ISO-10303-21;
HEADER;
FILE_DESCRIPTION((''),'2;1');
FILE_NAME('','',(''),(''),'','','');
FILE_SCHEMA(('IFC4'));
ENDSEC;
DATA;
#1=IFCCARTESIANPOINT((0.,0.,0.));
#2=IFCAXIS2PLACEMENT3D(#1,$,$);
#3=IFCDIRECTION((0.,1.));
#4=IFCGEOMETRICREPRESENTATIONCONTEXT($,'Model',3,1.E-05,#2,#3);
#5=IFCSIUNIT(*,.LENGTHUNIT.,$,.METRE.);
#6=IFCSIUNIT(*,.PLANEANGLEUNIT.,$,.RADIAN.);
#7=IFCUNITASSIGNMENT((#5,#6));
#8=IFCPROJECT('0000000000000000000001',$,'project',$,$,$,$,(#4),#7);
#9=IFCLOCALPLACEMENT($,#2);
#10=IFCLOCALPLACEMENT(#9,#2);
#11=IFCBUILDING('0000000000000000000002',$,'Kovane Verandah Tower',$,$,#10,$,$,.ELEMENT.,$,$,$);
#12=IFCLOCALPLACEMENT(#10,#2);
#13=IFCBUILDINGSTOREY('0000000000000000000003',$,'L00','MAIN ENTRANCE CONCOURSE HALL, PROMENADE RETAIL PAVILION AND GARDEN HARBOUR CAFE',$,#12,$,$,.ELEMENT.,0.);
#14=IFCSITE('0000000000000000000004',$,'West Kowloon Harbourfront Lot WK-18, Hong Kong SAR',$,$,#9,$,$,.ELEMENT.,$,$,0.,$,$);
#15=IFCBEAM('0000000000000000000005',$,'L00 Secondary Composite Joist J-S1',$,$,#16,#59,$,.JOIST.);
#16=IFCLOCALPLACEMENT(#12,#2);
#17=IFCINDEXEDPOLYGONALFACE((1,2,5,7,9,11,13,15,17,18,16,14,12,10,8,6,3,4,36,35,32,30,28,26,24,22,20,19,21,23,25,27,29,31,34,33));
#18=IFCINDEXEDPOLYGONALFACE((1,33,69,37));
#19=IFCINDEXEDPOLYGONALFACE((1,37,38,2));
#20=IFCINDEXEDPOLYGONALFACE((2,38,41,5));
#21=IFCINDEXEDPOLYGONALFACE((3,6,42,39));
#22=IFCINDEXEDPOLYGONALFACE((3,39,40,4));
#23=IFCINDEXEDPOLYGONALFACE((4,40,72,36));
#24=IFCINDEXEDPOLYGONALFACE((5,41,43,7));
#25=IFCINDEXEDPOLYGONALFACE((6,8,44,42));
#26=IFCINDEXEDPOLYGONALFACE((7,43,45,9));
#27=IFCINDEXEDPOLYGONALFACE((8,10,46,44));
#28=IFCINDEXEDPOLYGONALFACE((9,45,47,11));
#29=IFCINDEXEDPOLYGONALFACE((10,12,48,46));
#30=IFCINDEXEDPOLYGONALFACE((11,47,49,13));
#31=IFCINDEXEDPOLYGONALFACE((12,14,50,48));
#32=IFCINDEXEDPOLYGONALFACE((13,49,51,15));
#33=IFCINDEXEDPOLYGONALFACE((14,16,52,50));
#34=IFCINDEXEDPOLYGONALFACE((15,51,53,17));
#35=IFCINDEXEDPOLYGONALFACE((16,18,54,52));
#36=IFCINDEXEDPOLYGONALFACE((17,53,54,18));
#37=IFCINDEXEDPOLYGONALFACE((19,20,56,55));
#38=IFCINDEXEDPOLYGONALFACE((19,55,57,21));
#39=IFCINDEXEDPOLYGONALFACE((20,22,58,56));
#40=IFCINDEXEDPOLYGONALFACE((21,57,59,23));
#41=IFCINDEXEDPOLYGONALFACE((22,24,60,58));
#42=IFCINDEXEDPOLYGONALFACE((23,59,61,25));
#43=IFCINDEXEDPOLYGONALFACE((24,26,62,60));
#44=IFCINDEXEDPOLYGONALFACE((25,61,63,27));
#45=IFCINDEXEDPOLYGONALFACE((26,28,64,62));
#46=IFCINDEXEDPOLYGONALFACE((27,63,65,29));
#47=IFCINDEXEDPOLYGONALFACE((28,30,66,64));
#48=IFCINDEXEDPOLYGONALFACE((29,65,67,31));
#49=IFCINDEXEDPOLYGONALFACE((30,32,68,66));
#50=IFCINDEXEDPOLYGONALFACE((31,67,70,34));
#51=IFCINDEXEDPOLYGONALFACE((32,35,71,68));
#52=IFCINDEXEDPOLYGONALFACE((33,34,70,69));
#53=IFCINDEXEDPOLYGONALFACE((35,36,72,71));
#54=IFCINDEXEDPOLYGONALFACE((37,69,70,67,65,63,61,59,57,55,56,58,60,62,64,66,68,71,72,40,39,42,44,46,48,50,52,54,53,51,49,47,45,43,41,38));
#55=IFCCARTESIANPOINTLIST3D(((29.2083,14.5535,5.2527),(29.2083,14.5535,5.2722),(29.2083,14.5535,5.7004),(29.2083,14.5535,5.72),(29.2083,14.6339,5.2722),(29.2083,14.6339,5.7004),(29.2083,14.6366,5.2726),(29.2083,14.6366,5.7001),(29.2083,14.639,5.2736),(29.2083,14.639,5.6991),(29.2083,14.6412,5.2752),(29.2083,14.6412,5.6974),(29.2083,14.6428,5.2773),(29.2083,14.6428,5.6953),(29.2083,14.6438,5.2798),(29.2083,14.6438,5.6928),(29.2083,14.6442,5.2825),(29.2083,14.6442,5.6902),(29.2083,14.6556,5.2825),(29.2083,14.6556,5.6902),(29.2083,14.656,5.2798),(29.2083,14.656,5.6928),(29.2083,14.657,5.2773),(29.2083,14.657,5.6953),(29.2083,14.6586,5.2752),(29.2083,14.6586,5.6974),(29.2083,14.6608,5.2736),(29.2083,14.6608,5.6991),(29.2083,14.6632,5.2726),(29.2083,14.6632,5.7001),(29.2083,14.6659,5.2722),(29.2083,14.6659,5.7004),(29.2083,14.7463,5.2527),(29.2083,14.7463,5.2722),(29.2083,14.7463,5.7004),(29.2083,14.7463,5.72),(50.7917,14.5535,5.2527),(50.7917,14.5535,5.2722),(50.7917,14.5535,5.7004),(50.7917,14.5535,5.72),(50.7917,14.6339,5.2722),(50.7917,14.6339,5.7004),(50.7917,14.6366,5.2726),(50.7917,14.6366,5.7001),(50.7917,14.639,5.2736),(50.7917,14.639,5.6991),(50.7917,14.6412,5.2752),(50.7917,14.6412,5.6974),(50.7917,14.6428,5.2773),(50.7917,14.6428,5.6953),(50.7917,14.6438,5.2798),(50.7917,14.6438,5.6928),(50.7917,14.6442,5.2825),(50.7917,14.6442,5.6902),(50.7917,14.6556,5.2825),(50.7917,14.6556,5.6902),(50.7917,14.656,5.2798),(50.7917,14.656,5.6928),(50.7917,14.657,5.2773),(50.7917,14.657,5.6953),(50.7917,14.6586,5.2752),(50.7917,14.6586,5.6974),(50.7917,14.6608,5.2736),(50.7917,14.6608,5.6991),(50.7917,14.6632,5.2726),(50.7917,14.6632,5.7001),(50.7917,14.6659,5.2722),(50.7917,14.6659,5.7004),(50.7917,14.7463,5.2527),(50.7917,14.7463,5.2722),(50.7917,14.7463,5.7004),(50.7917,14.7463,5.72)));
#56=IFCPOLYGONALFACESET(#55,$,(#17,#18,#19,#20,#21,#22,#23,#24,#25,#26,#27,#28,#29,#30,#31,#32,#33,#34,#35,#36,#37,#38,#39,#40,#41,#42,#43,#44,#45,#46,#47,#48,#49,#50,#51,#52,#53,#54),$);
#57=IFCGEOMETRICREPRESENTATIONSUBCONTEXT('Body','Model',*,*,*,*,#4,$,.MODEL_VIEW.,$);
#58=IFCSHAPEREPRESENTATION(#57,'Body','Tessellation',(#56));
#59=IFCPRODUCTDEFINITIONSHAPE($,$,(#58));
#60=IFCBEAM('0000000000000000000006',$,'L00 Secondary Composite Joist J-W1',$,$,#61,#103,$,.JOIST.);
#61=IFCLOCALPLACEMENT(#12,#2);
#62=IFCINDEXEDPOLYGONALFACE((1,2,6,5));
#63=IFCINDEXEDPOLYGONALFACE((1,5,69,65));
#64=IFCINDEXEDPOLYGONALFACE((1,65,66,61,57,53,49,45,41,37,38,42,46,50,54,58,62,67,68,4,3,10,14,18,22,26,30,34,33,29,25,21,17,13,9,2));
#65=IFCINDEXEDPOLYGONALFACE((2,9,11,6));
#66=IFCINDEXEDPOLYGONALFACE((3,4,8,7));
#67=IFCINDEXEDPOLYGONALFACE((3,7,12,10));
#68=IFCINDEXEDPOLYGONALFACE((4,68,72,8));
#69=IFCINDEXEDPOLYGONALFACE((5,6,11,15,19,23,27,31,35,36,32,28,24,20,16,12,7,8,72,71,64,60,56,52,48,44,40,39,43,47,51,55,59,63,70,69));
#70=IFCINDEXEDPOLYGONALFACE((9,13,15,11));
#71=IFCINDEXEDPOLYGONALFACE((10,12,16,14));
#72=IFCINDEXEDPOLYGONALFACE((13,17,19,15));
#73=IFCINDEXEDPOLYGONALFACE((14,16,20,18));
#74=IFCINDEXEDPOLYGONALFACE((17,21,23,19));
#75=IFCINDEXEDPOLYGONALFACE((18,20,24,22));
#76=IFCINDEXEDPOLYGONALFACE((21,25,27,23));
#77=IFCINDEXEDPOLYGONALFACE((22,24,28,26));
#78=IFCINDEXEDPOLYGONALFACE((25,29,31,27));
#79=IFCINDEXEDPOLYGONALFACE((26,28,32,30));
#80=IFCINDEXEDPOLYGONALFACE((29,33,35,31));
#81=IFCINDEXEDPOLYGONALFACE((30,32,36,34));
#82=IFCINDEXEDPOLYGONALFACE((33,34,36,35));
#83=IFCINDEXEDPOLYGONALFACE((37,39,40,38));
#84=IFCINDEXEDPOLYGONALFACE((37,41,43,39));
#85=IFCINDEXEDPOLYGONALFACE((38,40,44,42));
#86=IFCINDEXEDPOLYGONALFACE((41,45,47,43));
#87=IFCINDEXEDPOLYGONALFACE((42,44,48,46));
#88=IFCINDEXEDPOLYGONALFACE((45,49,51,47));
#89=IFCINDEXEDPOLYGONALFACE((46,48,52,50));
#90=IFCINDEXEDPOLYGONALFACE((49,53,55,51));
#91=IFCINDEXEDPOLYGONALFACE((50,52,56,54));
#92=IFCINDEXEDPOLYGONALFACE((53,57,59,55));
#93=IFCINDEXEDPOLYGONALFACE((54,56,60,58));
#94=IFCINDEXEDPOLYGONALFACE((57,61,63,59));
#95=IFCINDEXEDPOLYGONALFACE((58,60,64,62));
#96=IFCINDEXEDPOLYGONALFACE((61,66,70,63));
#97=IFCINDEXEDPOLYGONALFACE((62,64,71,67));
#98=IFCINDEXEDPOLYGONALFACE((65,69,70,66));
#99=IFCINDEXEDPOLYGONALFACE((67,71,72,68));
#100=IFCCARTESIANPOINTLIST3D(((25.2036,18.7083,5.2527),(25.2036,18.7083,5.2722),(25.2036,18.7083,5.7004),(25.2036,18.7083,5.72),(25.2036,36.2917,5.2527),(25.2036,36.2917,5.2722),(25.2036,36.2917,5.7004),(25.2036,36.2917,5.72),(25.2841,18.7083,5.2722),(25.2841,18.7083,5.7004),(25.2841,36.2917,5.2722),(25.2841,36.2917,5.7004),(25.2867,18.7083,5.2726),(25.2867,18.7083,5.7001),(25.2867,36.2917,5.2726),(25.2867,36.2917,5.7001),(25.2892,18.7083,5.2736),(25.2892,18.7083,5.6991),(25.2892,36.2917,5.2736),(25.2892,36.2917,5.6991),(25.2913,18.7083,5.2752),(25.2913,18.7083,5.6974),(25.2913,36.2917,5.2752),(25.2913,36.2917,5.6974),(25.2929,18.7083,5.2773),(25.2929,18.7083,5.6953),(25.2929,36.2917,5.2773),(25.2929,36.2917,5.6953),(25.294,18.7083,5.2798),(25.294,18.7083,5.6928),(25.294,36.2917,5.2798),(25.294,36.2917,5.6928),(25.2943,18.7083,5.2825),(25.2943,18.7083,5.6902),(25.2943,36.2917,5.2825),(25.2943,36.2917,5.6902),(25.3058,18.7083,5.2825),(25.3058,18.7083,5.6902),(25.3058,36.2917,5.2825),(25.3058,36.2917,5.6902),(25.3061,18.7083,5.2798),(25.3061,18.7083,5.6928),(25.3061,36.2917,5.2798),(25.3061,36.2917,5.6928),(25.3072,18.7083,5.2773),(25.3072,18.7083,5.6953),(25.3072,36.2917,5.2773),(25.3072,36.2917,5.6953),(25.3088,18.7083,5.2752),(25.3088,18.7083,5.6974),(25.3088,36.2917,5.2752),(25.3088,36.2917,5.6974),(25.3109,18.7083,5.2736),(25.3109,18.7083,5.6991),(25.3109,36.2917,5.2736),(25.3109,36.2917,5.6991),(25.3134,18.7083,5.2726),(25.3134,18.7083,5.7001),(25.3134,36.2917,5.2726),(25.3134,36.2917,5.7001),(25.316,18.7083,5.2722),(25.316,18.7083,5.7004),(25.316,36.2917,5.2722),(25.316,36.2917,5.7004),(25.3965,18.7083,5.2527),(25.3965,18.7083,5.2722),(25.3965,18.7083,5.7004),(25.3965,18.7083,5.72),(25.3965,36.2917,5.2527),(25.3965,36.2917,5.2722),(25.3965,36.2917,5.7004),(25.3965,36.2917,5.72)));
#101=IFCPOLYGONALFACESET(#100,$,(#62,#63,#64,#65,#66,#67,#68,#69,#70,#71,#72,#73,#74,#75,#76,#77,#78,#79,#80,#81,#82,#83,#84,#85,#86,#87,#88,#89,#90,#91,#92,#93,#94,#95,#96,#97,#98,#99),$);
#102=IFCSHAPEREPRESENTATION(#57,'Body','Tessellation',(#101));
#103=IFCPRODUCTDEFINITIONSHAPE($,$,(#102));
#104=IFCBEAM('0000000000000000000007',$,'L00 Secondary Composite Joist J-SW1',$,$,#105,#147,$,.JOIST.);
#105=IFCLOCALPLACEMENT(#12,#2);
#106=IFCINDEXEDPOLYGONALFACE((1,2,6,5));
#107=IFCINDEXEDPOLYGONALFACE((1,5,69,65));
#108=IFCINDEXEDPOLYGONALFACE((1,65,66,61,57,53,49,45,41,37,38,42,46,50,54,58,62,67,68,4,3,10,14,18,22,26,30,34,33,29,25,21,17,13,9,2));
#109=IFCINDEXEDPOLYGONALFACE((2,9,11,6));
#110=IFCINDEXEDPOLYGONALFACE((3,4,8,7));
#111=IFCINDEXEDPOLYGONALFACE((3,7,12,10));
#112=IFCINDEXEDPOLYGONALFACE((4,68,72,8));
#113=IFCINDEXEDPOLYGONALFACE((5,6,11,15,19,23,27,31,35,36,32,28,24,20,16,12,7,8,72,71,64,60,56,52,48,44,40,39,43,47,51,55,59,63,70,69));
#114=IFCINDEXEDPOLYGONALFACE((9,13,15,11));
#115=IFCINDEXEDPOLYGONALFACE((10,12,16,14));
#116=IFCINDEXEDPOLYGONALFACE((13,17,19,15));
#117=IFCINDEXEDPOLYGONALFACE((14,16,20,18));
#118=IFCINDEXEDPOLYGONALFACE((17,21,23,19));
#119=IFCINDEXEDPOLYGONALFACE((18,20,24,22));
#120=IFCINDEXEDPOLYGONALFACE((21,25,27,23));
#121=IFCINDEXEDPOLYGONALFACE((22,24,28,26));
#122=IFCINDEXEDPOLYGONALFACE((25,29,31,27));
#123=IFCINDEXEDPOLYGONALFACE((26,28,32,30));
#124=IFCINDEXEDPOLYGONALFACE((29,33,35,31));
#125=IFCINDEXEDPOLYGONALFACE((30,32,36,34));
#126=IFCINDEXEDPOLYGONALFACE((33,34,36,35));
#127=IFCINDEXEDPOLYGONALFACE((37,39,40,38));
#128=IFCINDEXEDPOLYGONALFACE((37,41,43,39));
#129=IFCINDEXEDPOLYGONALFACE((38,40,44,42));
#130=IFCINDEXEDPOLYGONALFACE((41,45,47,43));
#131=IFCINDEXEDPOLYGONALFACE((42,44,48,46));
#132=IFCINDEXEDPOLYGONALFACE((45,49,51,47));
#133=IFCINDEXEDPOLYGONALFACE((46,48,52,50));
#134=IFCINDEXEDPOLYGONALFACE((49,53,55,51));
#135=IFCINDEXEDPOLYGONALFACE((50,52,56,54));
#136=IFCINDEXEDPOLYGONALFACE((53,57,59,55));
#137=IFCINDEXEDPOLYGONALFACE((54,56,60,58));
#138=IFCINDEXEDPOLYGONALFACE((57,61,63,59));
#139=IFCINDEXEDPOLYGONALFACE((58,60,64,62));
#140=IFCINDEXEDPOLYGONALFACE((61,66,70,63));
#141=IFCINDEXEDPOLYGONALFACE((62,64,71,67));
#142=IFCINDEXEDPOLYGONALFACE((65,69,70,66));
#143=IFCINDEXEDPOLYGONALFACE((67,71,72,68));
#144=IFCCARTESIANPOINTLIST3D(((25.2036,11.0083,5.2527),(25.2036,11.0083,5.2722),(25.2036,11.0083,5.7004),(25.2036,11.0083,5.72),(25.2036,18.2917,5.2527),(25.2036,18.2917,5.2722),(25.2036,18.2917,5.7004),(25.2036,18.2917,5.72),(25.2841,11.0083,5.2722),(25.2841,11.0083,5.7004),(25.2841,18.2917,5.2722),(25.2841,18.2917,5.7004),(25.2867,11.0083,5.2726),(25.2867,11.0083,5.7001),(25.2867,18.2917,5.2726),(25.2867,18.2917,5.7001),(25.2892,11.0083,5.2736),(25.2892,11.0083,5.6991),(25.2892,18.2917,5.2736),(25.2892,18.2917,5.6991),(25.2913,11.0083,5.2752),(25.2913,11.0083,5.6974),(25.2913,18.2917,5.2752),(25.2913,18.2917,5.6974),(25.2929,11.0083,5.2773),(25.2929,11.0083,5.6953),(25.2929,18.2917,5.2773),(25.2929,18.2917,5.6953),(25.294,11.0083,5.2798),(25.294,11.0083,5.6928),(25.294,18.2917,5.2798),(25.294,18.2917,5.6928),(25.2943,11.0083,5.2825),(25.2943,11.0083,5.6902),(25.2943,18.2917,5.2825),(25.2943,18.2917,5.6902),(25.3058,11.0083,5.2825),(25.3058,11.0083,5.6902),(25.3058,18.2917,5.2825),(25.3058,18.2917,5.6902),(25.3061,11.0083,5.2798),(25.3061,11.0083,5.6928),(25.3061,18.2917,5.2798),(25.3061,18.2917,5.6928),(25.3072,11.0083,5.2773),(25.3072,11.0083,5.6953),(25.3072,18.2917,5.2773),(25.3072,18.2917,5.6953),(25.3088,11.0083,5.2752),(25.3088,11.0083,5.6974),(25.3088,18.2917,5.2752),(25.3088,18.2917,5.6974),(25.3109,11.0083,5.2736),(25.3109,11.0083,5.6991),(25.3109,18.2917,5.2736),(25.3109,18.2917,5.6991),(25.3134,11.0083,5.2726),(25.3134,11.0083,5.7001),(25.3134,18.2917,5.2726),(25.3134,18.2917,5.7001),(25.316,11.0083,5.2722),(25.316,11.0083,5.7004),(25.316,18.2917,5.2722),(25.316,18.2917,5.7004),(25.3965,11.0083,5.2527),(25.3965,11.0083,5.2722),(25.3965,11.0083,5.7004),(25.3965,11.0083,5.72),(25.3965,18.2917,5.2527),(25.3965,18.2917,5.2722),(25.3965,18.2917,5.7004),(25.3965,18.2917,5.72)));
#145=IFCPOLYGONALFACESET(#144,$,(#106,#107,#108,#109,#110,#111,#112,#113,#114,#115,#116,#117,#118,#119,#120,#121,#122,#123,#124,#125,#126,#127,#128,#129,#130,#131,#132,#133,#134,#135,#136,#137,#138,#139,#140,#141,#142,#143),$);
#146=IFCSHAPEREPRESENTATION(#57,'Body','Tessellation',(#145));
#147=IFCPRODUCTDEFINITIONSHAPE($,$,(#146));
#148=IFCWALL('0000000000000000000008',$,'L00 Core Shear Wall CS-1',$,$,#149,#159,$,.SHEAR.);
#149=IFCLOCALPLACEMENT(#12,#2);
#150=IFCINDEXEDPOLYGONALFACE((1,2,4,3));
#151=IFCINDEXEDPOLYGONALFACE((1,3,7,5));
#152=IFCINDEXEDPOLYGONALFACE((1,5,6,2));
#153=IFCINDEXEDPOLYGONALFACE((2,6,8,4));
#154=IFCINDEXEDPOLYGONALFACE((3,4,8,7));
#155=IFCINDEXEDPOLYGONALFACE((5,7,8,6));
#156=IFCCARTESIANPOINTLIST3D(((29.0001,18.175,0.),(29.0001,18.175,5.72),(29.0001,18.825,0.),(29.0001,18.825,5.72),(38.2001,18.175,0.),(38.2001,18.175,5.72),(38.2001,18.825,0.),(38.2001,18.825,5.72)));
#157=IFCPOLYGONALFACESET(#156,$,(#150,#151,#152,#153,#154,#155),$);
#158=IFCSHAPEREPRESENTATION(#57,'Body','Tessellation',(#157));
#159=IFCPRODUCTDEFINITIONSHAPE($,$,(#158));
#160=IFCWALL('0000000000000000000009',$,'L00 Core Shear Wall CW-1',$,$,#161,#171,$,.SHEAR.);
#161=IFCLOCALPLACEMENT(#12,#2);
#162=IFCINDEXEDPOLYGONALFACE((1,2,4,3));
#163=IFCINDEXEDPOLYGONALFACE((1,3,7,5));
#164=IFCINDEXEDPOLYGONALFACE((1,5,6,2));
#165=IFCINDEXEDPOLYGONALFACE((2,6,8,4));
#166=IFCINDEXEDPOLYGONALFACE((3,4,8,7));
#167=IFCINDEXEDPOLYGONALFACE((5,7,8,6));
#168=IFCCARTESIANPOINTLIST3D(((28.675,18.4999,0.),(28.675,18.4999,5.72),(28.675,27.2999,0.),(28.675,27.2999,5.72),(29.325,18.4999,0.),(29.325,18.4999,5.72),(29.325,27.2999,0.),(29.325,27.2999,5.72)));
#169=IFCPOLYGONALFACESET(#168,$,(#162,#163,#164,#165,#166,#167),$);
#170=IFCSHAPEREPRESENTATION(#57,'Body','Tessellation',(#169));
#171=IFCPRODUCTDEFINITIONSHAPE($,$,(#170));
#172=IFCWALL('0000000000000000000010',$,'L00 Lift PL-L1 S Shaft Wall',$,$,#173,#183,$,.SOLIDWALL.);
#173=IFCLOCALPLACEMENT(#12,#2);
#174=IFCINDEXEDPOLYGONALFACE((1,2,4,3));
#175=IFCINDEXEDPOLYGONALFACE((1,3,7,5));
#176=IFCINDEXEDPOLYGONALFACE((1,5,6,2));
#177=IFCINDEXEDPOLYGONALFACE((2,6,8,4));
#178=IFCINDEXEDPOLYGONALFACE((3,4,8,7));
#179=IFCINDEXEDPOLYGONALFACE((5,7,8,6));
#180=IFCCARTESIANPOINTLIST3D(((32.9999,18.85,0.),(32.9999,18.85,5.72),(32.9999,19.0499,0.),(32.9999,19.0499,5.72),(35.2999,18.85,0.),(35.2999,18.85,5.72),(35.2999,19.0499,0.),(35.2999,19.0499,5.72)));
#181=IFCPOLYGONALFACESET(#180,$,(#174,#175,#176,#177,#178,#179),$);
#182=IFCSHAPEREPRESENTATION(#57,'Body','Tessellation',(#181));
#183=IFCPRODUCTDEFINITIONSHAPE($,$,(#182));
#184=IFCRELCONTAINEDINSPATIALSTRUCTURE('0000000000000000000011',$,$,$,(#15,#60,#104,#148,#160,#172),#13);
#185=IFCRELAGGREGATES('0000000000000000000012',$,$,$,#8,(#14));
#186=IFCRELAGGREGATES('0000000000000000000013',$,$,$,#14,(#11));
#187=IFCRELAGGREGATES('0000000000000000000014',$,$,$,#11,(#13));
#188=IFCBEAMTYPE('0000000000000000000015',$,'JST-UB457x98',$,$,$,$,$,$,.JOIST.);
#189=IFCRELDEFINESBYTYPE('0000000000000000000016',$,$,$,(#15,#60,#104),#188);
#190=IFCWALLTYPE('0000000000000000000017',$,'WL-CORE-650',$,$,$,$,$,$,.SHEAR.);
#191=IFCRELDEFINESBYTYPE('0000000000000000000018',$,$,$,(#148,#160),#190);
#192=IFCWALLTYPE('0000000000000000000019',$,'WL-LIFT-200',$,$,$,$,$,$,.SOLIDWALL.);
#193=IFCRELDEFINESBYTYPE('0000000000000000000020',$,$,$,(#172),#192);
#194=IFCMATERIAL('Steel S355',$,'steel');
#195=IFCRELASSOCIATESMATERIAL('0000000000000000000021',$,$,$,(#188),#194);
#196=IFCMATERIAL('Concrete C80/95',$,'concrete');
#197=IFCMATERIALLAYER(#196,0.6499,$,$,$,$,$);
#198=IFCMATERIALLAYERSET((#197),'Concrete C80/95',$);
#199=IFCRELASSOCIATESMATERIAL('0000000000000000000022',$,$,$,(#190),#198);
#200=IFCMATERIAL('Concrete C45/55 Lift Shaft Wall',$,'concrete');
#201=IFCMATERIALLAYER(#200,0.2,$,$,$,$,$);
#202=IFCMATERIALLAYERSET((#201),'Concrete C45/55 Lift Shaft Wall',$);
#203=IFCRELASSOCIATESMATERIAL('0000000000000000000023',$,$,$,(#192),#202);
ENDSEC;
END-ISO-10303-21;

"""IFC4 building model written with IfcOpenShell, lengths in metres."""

from ifc_helpers import new_model, si_unit, direction, frame, frame_2d, origin, origin_2d, place, context, subcontext, project, spatial, rectangle, i_section, extrude, material, layer, layer_set, material_profile, profile_set, type_object, element, save


model = new_model("IFC4")

# Units and contexts
model_context = context("Model", 3, precision=1e-05, world=origin(), true_north=direction((0.0, 1.0)))
body_context = subcontext(model_context, "Body", "Model", "MODEL_VIEW")
ifc_project = project(units=[si_unit("LENGTHUNIT", "METRE"), si_unit("PLANEANGLEUNIT", "RADIAN")], contexts=[model_context])

# Site, building, storey
site_placement = place(None, origin())
site = spatial("IfcSite", under=ifc_project, at=site_placement, Name="West Kowloon Harbourfront Lot WK-18, Hong Kong SAR", CompositionType="ELEMENT", RefElevation=0.0)
building_placement = place(site_placement, origin())
building = spatial("IfcBuilding", under=site, at=building_placement, Name="Kovane Verandah Tower", CompositionType="ELEMENT")
storey_placement = place(building_placement, origin())
storey = spatial("IfcBuildingStorey", under=building, at=storey_placement, Name="L00", Description="MAIN ENTRANCE CONCOURSE HALL, PROMENADE RETAIL PAVILION AND GARDEN HARBOUR CAFE", CompositionType="ELEMENT", Elevation=0.0)

# Shared definitions
ifc_material_1 = material(Name="Concrete C80/95", Category="concrete")

# Beams
ifc_material_2 = material(Name="Steel S355", Category="steel")
ifc_material_profile_1 = material_profile(ifc_material_2, i_section(OverallWidth=0.1929, OverallDepth=0.4673, WebThickness=0.0115, FlangeThickness=0.0195, FilletRadius=0.0103, at=origin_2d()), Name="UB457x191x98")
ifc_profile_set_1 = profile_set([ifc_material_profile_1], Name="Steel S355")
beam_type_1 = type_object("IfcBeamType", Name="JST-UB457x98", PredefinedType="JOIST", material=ifc_profile_set_1)
beam_1_placement = place(storey_placement, frame((29.2083, 14.6499, 5.4863), z_axis=(1.0, 0.0, 0.0), x_axis=(0.0, 1.0, 0.0)))
element("IfcBeam", 1, at=beam_1_placement, inside=storey, type_object=beam_type_1, Name="L00 Secondary Composite Joist J-S1", PredefinedType="JOIST", context=body_context, shape_type="SweptSolid", body=[
    extrude(i_section(OverallWidth=0.1929, OverallDepth=0.4673, WebThickness=0.0115, FlangeThickness=0.0195, FilletRadius=0.0103, at=origin_2d()), origin(), (0.0, 0.0, 1.0), 21.5835),
])
beam_2_placement = place(storey_placement, frame((25.3, 18.7083, 5.4863), z_axis=(0.0, 1.0, 0.0), x_axis=(-1.0, 0.0, 0.0)))
element("IfcBeam", 2, at=beam_2_placement, inside=storey, type_object=beam_type_1, Name="L00 Secondary Composite Joist J-W1", PredefinedType="JOIST", context=body_context, shape_type="SweptSolid", body=[
    extrude(i_section(OverallWidth=0.1929, OverallDepth=0.4673, WebThickness=0.0115, FlangeThickness=0.0195, FilletRadius=0.0103, at=origin_2d()), origin(), (0.0, 0.0, 1.0), 17.5835),
])
beam_3_placement = place(storey_placement, frame((25.3, 11.0083, 5.4863), z_axis=(0.0, 1.0, 0.0), x_axis=(-1.0, 0.0, 0.0)))
element("IfcBeam", 3, at=beam_3_placement, inside=storey, type_object=beam_type_1, Name="L00 Secondary Composite Joist J-SW1", PredefinedType="JOIST", context=body_context, shape_type="SweptSolid", body=[
    extrude(i_section(OverallWidth=0.1929, OverallDepth=0.4673, WebThickness=0.0115, FlangeThickness=0.0195, FilletRadius=0.0103, at=origin_2d()), origin(), (0.0, 0.0, 1.0), 7.2834),
])

# Walls
ifc_layer_1 = layer(ifc_material_1, 0.6499)
ifc_layer_set_1 = layer_set([ifc_layer_1], Name="Concrete C80/95")
wall_type_1 = type_object("IfcWallType", Name="WL-CORE-650", PredefinedType="SHEAR", material=ifc_layer_set_1)
wall_1_placement = place(storey_placement, frame((29.0, 18.5, 0.0), z_axis=(0.0, 0.0, 1.0), x_axis=(1.0, 0.0, 0.0)))
element("IfcWall", 4, at=wall_1_placement, inside=storey, type_object=wall_type_1, Name="L00 Core Shear Wall CS-1", PredefinedType="SHEAR", context=body_context, shape_type="SweptSolid", body=[
    extrude(rectangle(XDim=9.2, YDim=0.6499, at=frame_2d((4.6001, 0.0))), origin(), (0.0, 0.0, 1.0), 5.72),
])
wall_2_placement = place(storey_placement, frame((29.0, 18.5, 0.0), z_axis=(0.0, 0.0, 1.0), x_axis=(0.0, 1.0, 0.0)))
element("IfcWall", 5, at=wall_2_placement, inside=storey, type_object=wall_type_1, Name="L00 Core Shear Wall CW-1", PredefinedType="SHEAR", context=body_context, shape_type="SweptSolid", body=[
    extrude(rectangle(XDim=8.8, YDim=0.6499, at=frame_2d((4.3999, 0.0))), origin(), (0.0, 0.0, 1.0), 5.72),
])
ifc_material_3 = material(Name="Concrete C45/55 Lift Shaft Wall", Category="concrete")
ifc_layer_2 = layer(ifc_material_3, 0.2)
ifc_layer_set_2 = layer_set([ifc_layer_2], Name="Concrete C45/55 Lift Shaft Wall")
wall_type_2 = type_object("IfcWallType", Name="WL-LIFT-200", PredefinedType="SOLIDWALL", material=ifc_layer_set_2)
wall_3_placement = place(storey_placement, frame((33.0, 18.95, 0.0), z_axis=(0.0, 0.0, 1.0), x_axis=(1.0, 0.0, 0.0)))
element("IfcWall", 6, at=wall_3_placement, inside=storey, type_object=wall_type_2, Name="L00 Lift PL-L1 S Shaft Wall", PredefinedType="SOLIDWALL", context=body_context, shape_type="SweptSolid", body=[
    extrude(rectangle(XDim=2.3, YDim=0.2, at=frame_2d((1.1499, 0.0))), origin(), (0.0, 0.0, 1.0), 5.72),
])

save(model, "model.ifc")
